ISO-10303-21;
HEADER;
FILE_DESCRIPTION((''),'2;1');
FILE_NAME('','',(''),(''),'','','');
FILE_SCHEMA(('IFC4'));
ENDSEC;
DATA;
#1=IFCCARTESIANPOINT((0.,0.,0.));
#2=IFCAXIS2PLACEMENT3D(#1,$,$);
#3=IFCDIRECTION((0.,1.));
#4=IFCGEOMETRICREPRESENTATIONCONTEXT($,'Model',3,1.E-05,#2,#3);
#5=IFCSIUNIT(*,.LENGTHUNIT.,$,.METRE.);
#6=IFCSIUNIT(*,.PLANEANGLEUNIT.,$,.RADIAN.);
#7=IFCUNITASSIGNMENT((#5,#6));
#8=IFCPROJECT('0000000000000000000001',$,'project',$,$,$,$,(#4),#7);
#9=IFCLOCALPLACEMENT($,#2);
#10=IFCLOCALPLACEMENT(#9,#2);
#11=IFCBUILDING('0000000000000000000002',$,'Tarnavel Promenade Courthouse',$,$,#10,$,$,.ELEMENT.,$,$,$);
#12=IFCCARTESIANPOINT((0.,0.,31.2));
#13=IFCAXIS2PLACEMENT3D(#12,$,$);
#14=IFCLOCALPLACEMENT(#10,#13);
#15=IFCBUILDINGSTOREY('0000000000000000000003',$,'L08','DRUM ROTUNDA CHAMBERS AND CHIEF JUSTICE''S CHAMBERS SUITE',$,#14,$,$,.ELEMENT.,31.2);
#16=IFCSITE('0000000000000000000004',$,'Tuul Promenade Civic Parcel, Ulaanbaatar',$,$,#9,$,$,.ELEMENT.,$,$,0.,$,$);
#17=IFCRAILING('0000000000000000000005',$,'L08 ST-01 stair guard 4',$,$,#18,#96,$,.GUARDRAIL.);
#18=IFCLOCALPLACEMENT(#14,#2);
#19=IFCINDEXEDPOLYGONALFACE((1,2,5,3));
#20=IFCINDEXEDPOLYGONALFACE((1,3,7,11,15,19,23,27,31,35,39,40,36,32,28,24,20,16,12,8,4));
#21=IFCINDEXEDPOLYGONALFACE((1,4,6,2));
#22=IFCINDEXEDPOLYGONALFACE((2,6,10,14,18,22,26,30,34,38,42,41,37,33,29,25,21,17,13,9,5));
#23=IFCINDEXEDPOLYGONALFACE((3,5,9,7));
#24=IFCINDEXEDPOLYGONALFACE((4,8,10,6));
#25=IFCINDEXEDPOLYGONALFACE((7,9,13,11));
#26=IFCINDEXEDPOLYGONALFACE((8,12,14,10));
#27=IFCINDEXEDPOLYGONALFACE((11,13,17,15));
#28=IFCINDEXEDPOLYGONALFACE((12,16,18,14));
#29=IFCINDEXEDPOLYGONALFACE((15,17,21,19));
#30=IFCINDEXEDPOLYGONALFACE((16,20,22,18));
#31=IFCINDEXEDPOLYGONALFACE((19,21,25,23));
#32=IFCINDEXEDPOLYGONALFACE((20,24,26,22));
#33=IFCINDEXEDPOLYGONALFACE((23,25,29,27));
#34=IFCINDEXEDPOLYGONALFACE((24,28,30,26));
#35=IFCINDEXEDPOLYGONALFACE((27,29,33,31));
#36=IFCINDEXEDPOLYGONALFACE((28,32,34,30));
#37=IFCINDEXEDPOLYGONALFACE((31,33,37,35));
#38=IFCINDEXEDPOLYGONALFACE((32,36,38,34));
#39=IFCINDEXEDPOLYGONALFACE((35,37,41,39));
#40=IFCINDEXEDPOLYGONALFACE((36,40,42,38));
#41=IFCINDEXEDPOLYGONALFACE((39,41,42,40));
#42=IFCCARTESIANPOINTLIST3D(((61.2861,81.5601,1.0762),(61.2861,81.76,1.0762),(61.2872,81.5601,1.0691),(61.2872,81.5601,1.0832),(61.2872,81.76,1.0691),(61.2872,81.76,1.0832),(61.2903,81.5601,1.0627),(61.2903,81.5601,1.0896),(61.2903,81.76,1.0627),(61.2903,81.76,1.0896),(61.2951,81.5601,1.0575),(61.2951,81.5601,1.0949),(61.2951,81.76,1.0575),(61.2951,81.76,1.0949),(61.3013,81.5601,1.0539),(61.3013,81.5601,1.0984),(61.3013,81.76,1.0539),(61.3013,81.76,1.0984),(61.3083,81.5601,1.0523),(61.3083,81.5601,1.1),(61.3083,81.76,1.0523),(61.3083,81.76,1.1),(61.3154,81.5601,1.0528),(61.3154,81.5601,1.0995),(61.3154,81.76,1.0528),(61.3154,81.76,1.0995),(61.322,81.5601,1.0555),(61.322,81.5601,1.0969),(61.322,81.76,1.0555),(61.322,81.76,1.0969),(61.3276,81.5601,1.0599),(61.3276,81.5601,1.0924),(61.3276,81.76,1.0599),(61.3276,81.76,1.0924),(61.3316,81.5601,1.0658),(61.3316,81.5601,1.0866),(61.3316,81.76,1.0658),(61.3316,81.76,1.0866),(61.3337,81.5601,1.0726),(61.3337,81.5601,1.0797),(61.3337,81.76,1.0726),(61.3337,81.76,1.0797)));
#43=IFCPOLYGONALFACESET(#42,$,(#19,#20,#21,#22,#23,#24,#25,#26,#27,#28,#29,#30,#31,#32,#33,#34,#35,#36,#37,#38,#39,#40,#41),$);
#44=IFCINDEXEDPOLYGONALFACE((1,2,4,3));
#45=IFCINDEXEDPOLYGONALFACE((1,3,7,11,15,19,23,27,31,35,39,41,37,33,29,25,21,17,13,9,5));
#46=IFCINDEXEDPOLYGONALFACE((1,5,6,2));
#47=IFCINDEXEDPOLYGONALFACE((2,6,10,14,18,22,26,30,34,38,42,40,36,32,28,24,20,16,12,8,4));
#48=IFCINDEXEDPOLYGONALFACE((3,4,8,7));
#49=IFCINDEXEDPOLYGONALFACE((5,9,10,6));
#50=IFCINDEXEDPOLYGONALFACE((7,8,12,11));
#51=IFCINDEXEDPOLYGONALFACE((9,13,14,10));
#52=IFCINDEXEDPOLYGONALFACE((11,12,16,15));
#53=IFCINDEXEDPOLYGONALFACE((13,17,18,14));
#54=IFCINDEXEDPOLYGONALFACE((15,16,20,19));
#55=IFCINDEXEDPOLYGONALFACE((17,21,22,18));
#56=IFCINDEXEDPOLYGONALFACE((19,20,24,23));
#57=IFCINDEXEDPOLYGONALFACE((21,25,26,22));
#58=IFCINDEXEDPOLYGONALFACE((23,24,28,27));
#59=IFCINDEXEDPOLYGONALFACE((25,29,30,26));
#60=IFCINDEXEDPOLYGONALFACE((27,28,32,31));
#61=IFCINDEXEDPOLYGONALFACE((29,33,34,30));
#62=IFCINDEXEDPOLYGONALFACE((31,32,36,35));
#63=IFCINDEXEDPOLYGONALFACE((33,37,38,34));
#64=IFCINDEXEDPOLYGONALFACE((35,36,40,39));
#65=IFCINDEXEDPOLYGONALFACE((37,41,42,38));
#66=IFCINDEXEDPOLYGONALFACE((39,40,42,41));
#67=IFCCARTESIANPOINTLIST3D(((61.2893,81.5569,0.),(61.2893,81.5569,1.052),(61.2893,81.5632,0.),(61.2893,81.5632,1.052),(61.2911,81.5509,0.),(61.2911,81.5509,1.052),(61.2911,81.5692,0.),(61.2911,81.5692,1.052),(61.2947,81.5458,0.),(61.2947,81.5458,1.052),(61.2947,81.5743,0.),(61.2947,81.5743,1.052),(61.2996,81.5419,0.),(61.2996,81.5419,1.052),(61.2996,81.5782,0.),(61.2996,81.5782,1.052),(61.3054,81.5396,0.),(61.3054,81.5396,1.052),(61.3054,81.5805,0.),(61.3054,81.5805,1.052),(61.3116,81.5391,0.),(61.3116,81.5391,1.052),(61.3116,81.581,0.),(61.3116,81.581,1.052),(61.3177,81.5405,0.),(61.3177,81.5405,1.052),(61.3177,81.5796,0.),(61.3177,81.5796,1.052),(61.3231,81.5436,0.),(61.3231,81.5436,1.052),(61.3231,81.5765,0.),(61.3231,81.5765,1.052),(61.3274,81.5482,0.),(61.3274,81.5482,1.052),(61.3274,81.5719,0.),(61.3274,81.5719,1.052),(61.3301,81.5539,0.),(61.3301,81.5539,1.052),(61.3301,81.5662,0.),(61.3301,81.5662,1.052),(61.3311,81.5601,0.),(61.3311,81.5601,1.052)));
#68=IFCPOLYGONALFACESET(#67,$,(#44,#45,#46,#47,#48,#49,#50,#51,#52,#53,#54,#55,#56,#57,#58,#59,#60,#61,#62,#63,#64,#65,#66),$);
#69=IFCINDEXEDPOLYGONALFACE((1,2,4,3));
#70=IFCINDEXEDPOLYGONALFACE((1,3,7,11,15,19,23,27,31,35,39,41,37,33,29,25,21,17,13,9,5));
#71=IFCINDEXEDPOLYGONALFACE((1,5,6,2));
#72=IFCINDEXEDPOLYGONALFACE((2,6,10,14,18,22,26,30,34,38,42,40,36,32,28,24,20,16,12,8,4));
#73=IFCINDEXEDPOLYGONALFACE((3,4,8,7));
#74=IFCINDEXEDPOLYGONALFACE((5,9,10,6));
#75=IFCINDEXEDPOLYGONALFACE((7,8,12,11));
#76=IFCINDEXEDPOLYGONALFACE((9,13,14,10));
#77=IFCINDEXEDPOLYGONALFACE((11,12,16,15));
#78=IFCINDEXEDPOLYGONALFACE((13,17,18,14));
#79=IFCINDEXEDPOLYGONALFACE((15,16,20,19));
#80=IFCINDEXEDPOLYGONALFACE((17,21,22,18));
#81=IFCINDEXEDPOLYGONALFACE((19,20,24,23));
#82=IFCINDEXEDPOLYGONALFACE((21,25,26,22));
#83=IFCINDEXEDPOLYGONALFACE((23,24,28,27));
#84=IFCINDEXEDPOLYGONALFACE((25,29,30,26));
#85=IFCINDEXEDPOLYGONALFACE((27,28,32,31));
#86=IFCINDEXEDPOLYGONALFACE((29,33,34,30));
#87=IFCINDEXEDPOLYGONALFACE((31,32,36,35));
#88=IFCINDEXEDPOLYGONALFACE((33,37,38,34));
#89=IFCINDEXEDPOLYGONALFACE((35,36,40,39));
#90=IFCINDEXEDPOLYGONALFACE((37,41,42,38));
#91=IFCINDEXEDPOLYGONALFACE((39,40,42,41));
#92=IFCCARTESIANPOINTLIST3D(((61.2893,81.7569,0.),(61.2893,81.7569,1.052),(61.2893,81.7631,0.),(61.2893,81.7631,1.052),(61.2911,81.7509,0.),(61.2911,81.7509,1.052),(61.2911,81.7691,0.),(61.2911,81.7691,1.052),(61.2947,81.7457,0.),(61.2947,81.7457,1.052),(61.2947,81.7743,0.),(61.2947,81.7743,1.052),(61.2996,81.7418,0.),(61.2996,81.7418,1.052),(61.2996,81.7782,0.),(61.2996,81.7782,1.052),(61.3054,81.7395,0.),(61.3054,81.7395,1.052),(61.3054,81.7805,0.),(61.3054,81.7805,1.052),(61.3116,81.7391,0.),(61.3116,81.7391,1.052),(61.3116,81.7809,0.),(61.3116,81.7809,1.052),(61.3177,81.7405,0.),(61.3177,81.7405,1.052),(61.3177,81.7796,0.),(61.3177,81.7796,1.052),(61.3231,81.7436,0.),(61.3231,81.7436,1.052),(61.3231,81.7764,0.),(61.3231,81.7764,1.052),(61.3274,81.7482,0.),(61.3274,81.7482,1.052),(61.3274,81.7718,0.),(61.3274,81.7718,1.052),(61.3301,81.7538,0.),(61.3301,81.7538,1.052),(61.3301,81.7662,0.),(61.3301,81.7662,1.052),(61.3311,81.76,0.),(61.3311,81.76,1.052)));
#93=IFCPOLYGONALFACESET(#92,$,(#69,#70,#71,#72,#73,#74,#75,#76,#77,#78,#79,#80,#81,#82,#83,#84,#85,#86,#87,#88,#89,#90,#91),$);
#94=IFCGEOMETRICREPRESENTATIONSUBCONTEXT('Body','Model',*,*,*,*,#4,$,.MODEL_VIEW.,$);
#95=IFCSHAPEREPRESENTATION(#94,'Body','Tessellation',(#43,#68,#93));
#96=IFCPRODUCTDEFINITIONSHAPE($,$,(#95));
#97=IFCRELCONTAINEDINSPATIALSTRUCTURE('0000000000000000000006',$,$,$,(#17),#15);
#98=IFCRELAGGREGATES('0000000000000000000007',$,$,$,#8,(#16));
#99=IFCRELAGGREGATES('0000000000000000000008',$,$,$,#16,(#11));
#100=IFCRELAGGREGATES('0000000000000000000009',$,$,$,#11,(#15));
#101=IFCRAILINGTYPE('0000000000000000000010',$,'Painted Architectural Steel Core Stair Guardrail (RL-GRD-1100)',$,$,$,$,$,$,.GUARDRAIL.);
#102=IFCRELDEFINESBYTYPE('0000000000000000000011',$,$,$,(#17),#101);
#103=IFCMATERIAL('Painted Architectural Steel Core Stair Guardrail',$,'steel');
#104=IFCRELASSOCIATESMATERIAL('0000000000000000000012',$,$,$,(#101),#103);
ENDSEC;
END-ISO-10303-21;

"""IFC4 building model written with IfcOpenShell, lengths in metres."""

from ifc_helpers import new_model, si_unit, direction, frame, origin, origin_2d, place, context, subcontext, project, spatial, circle, extrude, material, type_object, element, save


model = new_model("IFC4")

# Units and contexts
model_context = context("Model", 3, precision=1e-05, world=origin(), true_north=direction((0.0, 1.0)))
body_context = subcontext(model_context, "Body", "Model", "MODEL_VIEW")
ifc_project = project(units=[si_unit("LENGTHUNIT", "METRE"), si_unit("PLANEANGLEUNIT", "RADIAN")], contexts=[model_context])

# Site, building, storey
site_placement = place(None, origin())
site = spatial("IfcSite", under=ifc_project, at=site_placement, Name="Tuul Promenade Civic Parcel, Ulaanbaatar", CompositionType="ELEMENT", RefElevation=0.0)
building_placement = place(site_placement, origin())
building = spatial("IfcBuilding", under=site, at=building_placement, Name="Tarnavel Promenade Courthouse", CompositionType="ELEMENT")
storey_placement = place(building_placement, frame((0.0, 0.0, 31.2)))
storey = spatial("IfcBuildingStorey", under=building, at=storey_placement, Name="L08", Description="DRUM ROTUNDA CHAMBERS AND CHIEF JUSTICE'S CHAMBERS SUITE", CompositionType="ELEMENT", Elevation=31.2)

# Railing
ifc_material_1 = material(Name="Painted Architectural Steel Core Stair Guardrail", Category="steel")
railing_type_1 = type_object("IfcRailingType", Name="Painted Architectural Steel Core Stair Guardrail (RL-GRD-1100)", PredefinedType="GUARDRAIL", material=ifc_material_1)
railing_1_placement = place(storey_placement, frame((61.3101, 81.5601, 0.0)))
element("IfcRailing", 1, at=railing_1_placement, inside=storey, type_object=railing_type_1, Name="L08 ST-01 stair guard 4", PredefinedType="GUARDRAIL", context=body_context, shape_type="SweptSolid", body=[
    extrude(circle(Radius=0.0239, at=origin_2d()), frame((0.0, 0.0, 1.0762), z_axis=(0.0, 1.0, 0.0), x_axis=(-1.0, 0.0, 0.0)), (0.0, 0.0, 1.0), 0.2),
    extrude(circle(Radius=0.021, at=origin_2d()), origin(), (0.0, 0.0, 1.0), 1.052),
    extrude(circle(Radius=0.021, at=origin_2d()), frame((0.0, 0.2, 0.0)), (0.0, 0.0, 1.0), 1.052),
])

save(model, "model.ifc")
